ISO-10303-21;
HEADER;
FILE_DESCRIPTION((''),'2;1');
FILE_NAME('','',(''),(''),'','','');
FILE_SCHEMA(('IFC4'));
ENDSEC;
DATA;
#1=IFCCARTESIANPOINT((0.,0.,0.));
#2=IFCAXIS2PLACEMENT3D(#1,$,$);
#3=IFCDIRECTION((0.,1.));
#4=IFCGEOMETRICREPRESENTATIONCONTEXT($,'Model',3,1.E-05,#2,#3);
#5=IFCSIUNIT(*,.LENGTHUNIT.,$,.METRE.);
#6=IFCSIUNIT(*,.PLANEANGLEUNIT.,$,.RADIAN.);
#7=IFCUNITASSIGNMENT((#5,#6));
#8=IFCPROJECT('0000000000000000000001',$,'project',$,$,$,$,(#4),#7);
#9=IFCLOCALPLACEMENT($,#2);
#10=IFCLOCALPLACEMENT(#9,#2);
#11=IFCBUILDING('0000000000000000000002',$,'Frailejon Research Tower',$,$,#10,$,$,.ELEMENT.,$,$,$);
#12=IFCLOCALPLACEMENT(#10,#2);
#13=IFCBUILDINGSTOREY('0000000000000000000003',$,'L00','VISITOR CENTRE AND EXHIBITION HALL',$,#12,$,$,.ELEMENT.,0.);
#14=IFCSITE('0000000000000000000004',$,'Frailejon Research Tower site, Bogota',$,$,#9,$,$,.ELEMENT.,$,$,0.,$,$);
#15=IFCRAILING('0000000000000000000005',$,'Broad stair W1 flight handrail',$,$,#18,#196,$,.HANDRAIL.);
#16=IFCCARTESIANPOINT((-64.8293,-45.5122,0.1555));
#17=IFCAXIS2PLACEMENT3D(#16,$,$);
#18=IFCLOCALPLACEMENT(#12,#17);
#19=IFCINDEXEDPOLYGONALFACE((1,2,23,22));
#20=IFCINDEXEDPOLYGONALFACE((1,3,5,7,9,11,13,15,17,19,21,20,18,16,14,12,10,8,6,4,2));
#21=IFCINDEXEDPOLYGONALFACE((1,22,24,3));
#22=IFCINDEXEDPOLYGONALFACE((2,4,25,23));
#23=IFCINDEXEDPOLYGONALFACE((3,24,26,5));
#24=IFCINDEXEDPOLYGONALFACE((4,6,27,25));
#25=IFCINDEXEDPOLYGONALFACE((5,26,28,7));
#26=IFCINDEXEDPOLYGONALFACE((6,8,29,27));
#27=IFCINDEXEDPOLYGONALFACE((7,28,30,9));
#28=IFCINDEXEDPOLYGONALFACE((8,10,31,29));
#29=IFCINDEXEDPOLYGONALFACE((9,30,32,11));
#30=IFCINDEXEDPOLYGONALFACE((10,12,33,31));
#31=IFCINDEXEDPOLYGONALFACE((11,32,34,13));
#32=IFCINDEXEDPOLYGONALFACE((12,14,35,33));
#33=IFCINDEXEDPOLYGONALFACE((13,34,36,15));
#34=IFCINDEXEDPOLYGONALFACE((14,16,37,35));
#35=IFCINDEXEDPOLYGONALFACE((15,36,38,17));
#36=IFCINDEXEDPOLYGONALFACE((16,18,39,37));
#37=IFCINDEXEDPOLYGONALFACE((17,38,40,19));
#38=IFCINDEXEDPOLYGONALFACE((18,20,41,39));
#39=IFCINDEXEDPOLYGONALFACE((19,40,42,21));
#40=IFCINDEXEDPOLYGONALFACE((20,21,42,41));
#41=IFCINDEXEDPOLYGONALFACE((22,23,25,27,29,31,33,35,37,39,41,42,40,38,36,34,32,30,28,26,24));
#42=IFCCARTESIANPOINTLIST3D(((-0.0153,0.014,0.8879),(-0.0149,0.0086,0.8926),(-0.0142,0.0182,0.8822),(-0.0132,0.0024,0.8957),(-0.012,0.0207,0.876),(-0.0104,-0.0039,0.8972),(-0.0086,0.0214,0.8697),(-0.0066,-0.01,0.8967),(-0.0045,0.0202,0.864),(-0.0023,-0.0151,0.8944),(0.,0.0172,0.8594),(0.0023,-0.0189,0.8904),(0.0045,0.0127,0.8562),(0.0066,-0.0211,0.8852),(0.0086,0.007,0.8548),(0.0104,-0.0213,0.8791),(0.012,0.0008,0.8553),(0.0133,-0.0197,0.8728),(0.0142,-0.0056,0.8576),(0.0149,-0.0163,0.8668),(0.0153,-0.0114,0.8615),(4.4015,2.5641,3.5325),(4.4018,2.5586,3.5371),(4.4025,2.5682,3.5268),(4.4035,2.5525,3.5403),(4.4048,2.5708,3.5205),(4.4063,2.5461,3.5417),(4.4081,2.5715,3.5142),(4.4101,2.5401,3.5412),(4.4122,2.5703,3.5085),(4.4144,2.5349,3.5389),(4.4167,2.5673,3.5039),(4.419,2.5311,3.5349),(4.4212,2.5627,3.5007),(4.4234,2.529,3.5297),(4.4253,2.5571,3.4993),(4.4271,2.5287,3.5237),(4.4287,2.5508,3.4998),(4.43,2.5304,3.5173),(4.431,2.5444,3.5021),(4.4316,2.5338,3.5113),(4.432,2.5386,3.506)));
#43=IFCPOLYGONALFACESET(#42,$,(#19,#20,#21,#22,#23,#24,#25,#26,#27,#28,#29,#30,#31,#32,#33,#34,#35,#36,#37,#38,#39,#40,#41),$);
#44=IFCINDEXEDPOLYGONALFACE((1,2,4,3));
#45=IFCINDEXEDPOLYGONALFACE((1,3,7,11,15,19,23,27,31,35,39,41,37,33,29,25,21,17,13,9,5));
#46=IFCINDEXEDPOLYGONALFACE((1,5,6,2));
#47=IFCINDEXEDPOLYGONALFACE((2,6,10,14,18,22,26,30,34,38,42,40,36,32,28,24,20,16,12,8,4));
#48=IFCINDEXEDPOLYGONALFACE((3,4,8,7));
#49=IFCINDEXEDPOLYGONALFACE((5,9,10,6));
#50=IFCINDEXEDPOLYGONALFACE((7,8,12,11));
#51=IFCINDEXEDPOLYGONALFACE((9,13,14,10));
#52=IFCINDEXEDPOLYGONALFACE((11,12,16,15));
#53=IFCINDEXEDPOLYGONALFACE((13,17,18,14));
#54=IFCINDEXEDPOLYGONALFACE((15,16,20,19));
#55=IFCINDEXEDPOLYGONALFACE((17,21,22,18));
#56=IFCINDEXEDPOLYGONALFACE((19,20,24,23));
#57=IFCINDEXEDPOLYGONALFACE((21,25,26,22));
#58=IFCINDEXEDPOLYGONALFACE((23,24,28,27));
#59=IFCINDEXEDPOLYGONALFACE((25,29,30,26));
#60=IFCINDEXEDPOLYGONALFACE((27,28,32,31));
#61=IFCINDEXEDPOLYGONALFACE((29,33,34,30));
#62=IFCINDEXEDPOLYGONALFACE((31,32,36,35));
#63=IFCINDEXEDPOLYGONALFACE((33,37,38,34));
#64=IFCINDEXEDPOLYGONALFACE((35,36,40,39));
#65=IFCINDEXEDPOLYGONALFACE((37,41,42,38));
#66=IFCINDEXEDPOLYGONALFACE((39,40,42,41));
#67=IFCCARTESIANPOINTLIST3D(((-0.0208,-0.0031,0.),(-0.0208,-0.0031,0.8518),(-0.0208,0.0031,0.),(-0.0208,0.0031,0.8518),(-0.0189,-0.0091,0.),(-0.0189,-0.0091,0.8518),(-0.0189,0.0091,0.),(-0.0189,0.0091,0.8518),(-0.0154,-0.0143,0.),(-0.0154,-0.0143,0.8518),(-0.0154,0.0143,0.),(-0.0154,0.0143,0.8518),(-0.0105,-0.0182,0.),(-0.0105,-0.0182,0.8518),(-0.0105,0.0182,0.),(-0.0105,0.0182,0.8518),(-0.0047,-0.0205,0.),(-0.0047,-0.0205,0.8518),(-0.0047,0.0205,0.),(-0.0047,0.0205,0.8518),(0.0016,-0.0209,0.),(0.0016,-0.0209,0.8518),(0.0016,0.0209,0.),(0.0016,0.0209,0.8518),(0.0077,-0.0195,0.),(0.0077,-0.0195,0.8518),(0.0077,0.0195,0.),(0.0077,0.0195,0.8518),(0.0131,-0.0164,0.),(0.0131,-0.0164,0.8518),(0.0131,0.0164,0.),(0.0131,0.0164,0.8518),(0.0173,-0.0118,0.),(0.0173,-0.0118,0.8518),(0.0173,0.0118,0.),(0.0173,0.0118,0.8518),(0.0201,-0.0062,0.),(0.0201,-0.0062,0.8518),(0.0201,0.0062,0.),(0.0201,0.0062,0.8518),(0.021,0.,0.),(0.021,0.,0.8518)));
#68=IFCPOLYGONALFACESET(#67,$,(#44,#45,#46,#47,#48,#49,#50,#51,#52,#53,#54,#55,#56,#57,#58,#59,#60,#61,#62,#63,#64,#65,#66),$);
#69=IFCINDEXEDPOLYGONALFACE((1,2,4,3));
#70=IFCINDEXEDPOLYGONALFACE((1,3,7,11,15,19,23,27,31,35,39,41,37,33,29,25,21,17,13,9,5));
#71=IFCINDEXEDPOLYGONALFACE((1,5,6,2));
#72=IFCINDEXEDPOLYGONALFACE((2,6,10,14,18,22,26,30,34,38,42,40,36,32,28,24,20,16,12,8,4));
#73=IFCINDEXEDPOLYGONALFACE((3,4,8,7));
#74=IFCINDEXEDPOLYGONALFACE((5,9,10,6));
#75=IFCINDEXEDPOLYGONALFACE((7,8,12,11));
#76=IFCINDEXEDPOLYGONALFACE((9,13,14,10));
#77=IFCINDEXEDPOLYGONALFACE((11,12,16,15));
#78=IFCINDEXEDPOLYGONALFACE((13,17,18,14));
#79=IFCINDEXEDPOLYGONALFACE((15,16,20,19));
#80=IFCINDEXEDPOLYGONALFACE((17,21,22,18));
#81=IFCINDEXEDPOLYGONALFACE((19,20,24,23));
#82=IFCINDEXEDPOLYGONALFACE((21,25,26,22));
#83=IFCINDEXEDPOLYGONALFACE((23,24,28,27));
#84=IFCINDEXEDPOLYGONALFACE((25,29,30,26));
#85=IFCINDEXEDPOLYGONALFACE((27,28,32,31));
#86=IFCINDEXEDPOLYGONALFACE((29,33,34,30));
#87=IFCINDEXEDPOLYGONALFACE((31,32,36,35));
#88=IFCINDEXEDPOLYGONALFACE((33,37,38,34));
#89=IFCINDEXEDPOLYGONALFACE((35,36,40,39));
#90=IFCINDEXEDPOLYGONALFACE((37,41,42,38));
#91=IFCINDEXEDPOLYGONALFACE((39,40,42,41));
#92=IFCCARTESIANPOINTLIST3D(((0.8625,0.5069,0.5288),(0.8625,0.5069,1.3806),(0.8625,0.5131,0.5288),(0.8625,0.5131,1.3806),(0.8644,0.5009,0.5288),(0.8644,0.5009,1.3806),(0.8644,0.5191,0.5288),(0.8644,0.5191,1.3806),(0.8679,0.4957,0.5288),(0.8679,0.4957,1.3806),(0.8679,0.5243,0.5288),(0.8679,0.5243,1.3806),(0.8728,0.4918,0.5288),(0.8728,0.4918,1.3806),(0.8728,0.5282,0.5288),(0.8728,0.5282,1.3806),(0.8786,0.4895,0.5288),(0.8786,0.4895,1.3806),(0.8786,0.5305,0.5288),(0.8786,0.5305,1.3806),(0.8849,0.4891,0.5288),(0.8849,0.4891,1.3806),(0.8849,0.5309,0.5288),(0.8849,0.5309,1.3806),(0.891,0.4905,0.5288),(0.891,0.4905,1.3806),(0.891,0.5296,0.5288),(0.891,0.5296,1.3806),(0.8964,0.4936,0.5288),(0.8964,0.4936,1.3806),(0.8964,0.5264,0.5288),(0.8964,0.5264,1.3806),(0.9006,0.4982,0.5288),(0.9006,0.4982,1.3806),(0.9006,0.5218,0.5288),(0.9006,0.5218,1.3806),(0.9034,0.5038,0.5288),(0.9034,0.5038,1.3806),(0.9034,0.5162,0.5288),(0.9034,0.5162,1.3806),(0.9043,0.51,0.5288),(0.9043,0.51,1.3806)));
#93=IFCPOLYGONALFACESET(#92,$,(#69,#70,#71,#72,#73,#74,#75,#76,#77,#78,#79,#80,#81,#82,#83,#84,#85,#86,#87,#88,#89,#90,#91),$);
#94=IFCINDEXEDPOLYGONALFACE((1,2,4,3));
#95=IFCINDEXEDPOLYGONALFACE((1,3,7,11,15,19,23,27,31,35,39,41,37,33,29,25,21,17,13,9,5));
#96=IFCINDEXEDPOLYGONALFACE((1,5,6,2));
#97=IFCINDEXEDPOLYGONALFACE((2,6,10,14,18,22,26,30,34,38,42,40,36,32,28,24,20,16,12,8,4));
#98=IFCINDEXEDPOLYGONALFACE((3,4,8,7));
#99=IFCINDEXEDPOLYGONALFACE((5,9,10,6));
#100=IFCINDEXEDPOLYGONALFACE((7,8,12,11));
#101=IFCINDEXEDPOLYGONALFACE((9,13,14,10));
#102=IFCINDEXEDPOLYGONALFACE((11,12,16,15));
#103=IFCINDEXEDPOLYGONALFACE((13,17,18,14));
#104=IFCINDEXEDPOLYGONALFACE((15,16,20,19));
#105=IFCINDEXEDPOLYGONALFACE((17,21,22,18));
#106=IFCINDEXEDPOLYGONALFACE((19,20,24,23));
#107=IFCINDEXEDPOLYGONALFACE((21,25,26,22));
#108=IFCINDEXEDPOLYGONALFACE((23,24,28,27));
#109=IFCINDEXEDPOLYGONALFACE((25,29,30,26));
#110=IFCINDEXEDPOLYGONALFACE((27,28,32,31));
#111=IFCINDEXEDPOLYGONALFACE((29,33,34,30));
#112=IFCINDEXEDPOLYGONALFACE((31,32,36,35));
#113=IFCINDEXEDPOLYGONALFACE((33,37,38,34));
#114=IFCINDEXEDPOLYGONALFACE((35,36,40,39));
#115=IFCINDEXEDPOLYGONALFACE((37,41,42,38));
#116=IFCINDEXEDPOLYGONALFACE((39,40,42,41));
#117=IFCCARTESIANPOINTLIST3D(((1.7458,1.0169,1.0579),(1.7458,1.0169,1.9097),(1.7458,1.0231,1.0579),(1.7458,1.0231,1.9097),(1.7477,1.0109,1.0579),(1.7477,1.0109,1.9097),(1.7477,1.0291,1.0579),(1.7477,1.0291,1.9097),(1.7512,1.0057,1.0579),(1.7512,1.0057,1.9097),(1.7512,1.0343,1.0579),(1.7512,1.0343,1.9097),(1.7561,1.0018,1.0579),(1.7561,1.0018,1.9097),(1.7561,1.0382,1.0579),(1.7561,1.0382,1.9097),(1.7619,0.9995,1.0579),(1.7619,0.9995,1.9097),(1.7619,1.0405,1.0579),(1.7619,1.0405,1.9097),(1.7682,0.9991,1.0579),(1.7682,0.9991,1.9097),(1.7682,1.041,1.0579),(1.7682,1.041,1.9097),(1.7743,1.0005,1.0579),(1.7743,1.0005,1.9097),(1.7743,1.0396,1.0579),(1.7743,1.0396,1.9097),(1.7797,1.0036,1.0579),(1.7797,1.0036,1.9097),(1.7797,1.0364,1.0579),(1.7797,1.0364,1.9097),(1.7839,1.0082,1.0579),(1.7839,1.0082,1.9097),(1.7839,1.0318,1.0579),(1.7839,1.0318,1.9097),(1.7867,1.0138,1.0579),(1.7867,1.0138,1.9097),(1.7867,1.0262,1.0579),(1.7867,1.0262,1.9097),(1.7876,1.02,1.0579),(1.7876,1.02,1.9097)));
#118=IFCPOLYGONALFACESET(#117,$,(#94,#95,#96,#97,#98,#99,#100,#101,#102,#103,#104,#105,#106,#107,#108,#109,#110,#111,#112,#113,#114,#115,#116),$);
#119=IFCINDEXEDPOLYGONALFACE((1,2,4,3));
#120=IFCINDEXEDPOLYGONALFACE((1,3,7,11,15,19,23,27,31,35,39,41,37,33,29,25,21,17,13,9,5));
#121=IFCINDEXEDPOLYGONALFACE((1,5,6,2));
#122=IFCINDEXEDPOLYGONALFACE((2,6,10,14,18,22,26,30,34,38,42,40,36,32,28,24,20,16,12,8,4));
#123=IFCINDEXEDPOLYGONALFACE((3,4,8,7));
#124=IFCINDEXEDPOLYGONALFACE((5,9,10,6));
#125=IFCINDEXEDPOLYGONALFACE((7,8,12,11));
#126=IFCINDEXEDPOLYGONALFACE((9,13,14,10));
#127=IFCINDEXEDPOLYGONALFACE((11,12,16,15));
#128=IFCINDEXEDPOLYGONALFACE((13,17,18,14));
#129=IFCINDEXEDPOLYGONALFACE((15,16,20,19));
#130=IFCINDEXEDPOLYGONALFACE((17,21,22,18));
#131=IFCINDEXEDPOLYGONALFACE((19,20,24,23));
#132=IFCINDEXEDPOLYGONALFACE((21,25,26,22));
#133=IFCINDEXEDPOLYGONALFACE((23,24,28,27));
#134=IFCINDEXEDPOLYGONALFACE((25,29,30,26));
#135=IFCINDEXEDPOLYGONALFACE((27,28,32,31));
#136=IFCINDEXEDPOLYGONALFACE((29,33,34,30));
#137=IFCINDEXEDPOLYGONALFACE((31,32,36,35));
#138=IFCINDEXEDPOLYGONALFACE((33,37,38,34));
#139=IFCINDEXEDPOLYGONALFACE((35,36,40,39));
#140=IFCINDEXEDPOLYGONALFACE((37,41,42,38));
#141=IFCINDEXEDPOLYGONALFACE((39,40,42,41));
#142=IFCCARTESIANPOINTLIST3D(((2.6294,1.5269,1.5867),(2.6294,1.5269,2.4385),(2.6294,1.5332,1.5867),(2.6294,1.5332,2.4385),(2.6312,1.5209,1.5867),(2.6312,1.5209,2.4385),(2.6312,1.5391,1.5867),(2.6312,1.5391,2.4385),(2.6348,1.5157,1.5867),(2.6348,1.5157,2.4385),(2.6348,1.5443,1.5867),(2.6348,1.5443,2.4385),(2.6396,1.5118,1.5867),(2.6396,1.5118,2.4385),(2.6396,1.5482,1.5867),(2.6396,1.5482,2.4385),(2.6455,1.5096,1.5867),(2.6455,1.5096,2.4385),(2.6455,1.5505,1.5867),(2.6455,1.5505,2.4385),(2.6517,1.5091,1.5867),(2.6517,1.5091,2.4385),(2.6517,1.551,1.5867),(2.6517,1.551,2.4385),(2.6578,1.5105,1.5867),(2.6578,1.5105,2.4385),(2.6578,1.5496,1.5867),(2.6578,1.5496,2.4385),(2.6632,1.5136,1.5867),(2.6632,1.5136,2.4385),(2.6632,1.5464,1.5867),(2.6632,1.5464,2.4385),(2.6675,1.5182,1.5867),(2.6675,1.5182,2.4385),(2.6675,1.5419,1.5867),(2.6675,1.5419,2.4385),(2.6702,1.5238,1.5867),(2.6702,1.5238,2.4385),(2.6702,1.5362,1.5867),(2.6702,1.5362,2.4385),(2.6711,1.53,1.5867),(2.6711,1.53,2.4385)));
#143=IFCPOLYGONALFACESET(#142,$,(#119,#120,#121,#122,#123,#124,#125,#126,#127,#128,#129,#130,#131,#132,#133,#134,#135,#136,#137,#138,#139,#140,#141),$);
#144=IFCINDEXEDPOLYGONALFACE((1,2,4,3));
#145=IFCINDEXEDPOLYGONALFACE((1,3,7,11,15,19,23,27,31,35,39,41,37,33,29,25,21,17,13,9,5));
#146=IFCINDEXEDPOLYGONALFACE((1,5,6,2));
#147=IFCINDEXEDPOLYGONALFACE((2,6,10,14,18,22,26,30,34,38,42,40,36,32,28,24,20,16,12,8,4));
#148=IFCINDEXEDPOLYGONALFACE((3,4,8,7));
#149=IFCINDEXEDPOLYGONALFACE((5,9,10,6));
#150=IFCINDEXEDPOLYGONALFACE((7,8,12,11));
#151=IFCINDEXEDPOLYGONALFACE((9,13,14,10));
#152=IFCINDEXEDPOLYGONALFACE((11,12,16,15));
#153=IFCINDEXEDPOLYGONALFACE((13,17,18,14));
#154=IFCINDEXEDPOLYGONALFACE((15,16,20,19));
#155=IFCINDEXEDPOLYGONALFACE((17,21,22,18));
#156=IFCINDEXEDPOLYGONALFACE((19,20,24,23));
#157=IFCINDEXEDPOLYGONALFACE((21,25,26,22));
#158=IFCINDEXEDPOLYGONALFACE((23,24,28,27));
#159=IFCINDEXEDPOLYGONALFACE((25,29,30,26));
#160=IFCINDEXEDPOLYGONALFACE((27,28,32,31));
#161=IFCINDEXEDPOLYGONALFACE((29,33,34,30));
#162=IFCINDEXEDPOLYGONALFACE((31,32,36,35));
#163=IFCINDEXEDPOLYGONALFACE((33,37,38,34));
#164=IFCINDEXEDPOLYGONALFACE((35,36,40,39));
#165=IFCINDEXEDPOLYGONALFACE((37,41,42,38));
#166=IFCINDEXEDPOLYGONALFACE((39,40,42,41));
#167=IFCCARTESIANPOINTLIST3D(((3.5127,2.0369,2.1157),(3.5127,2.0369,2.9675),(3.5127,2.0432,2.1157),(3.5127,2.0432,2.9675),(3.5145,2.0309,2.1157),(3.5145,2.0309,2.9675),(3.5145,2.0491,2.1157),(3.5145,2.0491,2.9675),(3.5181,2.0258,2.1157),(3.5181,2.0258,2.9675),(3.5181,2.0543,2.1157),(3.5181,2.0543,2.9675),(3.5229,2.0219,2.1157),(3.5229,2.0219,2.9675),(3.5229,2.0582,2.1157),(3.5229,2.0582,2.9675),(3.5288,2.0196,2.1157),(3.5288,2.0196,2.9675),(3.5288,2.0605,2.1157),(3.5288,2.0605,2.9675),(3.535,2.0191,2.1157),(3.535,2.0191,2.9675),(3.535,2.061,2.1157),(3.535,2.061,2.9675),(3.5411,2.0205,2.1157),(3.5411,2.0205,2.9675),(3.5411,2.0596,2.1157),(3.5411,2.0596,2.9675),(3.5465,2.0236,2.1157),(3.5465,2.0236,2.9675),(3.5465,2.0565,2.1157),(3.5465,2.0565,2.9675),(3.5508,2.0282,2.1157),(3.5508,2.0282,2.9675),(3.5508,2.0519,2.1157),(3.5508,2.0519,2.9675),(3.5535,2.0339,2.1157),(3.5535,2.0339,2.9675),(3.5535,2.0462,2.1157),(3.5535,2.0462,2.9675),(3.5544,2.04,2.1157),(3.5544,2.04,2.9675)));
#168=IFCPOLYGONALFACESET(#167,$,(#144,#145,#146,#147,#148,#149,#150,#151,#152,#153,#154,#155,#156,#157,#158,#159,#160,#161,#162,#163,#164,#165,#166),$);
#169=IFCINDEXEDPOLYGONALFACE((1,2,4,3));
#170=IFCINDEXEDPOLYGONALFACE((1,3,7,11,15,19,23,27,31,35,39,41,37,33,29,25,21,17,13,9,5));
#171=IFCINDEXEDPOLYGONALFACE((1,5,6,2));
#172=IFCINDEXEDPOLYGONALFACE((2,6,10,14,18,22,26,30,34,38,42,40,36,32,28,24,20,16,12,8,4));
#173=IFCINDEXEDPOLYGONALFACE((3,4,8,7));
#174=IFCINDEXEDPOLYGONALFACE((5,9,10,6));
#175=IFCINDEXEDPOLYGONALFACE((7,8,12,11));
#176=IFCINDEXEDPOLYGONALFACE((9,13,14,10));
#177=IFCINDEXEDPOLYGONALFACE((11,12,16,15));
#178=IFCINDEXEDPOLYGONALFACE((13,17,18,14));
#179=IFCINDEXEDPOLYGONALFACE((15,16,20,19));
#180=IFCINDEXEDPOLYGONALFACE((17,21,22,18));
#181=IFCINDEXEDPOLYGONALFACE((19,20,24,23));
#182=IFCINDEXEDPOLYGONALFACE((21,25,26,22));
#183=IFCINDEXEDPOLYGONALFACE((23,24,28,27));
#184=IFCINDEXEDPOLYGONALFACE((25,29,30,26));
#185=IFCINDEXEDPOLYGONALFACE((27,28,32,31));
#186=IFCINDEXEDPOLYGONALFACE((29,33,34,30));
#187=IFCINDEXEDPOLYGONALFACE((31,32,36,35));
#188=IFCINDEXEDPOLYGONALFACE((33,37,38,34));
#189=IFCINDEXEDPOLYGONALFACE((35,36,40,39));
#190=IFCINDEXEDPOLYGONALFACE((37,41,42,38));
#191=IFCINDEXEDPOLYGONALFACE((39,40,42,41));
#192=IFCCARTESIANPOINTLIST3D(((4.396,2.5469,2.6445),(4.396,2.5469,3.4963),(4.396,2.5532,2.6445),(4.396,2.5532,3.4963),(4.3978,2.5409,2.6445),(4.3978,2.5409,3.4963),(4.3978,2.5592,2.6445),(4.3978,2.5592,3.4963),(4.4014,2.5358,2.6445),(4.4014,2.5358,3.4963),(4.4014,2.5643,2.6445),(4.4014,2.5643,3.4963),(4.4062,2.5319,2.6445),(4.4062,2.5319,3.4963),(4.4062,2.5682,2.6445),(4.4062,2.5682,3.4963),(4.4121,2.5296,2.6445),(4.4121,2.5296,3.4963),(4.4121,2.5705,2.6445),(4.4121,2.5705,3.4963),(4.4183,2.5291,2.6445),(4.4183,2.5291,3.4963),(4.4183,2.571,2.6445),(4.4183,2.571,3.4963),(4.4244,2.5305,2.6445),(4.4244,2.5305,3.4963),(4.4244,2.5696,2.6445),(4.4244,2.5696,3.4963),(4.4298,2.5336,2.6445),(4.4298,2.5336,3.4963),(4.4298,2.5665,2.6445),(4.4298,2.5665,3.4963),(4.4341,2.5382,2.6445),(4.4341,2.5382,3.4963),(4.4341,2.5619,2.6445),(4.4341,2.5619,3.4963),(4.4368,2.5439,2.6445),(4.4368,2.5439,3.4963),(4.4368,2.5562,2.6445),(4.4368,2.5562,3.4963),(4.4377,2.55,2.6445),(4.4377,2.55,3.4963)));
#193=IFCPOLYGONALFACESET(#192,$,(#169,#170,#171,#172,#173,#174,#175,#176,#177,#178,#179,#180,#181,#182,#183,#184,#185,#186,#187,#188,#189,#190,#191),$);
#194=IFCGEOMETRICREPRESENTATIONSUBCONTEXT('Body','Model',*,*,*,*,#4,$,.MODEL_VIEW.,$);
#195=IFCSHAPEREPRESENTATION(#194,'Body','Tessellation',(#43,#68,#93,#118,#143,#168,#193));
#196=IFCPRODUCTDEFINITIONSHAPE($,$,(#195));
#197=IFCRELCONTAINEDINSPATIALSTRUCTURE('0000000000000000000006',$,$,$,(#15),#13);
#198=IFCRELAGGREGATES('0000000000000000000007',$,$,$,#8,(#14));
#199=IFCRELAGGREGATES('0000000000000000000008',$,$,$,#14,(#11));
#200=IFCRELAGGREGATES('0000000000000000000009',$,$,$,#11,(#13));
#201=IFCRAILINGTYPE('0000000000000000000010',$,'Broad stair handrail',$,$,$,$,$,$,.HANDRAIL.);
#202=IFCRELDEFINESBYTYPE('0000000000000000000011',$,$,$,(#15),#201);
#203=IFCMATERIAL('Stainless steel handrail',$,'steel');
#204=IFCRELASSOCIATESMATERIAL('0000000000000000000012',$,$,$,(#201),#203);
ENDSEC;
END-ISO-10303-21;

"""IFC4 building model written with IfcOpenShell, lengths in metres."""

from ifc_helpers import new_model, si_unit, direction, frame, origin, origin_2d, place, context, subcontext, project, spatial, circle, extrude, material, type_object, element, save


model = new_model("IFC4")

# Units and contexts
model_context = context("Model", 3, precision=1e-05, world=origin(), true_north=direction((0.0, 1.0)))
body_context = subcontext(model_context, "Body", "Model", "MODEL_VIEW")
ifc_project = project(units=[si_unit("LENGTHUNIT", "METRE"), si_unit("PLANEANGLEUNIT", "RADIAN")], contexts=[model_context])

# Site, building, storey
site_placement = place(None, origin())
site = spatial("IfcSite", under=ifc_project, at=site_placement, Name="Frailejon Research Tower site, Bogota", CompositionType="ELEMENT", RefElevation=0.0)
building_placement = place(site_placement, origin())
building = spatial("IfcBuilding", under=site, at=building_placement, Name="Frailejon Research Tower", CompositionType="ELEMENT")
storey_placement = place(building_placement, origin())
storey = spatial("IfcBuildingStorey", under=building, at=storey_placement, Name="L00", Description="VISITOR CENTRE AND EXHIBITION HALL", CompositionType="ELEMENT", Elevation=0.0)

# Railing
ifc_material_1 = material(Name="Stainless steel handrail", Category="steel")
railing_type_1 = type_object("IfcRailingType", Name="Broad stair handrail", PredefinedType="HANDRAIL", material=ifc_material_1)
for number, where, name in (
    (1, (-64.8293, -45.5122, 0.1555), "Broad stair W1 flight handrail"),
):
    element("IfcRailing", number, at=place(storey_placement, frame(where)), inside=storey, type_object=railing_type_1, Name=name, PredefinedType="HANDRAIL", context=body_context, shape_type="SweptSolid", body=[
        extrude(circle(Radius=0.0239, at=origin_2d()), frame((0.0, 0.0, 0.876), z_axis=(0.768811, 0.44388, 0.460326), x_axis=(-0.500006, 0.866022, 0.0)), (0.0, 0.0, 1.0), 5.7449),
        extrude(circle(Radius=0.021, at=origin_2d()), origin(), (0.0, 0.0, 1.0), 0.8518),
        extrude(circle(Radius=0.021, at=origin_2d()), frame((0.8833, 0.51, 0.5288)), (0.0, 0.0, 1.0), 0.8518),
        extrude(circle(Radius=0.021, at=origin_2d()), frame((1.7666, 1.02, 1.0579)), (0.0, 0.0, 1.0), 0.8518),
        extrude(circle(Radius=0.021, at=origin_2d()), frame((2.6501, 1.53, 1.5867)), (0.0, 0.0, 1.0), 0.8518),
        extrude(circle(Radius=0.021, at=origin_2d()), frame((3.5334, 2.04, 2.1157)), (0.0, 0.0, 1.0), 0.8518),
        extrude(circle(Radius=0.021, at=origin_2d()), frame((4.4167, 2.55, 2.6445)), (0.0, 0.0, 1.0), 0.8518),
    ])

save(model, "model.ifc")
